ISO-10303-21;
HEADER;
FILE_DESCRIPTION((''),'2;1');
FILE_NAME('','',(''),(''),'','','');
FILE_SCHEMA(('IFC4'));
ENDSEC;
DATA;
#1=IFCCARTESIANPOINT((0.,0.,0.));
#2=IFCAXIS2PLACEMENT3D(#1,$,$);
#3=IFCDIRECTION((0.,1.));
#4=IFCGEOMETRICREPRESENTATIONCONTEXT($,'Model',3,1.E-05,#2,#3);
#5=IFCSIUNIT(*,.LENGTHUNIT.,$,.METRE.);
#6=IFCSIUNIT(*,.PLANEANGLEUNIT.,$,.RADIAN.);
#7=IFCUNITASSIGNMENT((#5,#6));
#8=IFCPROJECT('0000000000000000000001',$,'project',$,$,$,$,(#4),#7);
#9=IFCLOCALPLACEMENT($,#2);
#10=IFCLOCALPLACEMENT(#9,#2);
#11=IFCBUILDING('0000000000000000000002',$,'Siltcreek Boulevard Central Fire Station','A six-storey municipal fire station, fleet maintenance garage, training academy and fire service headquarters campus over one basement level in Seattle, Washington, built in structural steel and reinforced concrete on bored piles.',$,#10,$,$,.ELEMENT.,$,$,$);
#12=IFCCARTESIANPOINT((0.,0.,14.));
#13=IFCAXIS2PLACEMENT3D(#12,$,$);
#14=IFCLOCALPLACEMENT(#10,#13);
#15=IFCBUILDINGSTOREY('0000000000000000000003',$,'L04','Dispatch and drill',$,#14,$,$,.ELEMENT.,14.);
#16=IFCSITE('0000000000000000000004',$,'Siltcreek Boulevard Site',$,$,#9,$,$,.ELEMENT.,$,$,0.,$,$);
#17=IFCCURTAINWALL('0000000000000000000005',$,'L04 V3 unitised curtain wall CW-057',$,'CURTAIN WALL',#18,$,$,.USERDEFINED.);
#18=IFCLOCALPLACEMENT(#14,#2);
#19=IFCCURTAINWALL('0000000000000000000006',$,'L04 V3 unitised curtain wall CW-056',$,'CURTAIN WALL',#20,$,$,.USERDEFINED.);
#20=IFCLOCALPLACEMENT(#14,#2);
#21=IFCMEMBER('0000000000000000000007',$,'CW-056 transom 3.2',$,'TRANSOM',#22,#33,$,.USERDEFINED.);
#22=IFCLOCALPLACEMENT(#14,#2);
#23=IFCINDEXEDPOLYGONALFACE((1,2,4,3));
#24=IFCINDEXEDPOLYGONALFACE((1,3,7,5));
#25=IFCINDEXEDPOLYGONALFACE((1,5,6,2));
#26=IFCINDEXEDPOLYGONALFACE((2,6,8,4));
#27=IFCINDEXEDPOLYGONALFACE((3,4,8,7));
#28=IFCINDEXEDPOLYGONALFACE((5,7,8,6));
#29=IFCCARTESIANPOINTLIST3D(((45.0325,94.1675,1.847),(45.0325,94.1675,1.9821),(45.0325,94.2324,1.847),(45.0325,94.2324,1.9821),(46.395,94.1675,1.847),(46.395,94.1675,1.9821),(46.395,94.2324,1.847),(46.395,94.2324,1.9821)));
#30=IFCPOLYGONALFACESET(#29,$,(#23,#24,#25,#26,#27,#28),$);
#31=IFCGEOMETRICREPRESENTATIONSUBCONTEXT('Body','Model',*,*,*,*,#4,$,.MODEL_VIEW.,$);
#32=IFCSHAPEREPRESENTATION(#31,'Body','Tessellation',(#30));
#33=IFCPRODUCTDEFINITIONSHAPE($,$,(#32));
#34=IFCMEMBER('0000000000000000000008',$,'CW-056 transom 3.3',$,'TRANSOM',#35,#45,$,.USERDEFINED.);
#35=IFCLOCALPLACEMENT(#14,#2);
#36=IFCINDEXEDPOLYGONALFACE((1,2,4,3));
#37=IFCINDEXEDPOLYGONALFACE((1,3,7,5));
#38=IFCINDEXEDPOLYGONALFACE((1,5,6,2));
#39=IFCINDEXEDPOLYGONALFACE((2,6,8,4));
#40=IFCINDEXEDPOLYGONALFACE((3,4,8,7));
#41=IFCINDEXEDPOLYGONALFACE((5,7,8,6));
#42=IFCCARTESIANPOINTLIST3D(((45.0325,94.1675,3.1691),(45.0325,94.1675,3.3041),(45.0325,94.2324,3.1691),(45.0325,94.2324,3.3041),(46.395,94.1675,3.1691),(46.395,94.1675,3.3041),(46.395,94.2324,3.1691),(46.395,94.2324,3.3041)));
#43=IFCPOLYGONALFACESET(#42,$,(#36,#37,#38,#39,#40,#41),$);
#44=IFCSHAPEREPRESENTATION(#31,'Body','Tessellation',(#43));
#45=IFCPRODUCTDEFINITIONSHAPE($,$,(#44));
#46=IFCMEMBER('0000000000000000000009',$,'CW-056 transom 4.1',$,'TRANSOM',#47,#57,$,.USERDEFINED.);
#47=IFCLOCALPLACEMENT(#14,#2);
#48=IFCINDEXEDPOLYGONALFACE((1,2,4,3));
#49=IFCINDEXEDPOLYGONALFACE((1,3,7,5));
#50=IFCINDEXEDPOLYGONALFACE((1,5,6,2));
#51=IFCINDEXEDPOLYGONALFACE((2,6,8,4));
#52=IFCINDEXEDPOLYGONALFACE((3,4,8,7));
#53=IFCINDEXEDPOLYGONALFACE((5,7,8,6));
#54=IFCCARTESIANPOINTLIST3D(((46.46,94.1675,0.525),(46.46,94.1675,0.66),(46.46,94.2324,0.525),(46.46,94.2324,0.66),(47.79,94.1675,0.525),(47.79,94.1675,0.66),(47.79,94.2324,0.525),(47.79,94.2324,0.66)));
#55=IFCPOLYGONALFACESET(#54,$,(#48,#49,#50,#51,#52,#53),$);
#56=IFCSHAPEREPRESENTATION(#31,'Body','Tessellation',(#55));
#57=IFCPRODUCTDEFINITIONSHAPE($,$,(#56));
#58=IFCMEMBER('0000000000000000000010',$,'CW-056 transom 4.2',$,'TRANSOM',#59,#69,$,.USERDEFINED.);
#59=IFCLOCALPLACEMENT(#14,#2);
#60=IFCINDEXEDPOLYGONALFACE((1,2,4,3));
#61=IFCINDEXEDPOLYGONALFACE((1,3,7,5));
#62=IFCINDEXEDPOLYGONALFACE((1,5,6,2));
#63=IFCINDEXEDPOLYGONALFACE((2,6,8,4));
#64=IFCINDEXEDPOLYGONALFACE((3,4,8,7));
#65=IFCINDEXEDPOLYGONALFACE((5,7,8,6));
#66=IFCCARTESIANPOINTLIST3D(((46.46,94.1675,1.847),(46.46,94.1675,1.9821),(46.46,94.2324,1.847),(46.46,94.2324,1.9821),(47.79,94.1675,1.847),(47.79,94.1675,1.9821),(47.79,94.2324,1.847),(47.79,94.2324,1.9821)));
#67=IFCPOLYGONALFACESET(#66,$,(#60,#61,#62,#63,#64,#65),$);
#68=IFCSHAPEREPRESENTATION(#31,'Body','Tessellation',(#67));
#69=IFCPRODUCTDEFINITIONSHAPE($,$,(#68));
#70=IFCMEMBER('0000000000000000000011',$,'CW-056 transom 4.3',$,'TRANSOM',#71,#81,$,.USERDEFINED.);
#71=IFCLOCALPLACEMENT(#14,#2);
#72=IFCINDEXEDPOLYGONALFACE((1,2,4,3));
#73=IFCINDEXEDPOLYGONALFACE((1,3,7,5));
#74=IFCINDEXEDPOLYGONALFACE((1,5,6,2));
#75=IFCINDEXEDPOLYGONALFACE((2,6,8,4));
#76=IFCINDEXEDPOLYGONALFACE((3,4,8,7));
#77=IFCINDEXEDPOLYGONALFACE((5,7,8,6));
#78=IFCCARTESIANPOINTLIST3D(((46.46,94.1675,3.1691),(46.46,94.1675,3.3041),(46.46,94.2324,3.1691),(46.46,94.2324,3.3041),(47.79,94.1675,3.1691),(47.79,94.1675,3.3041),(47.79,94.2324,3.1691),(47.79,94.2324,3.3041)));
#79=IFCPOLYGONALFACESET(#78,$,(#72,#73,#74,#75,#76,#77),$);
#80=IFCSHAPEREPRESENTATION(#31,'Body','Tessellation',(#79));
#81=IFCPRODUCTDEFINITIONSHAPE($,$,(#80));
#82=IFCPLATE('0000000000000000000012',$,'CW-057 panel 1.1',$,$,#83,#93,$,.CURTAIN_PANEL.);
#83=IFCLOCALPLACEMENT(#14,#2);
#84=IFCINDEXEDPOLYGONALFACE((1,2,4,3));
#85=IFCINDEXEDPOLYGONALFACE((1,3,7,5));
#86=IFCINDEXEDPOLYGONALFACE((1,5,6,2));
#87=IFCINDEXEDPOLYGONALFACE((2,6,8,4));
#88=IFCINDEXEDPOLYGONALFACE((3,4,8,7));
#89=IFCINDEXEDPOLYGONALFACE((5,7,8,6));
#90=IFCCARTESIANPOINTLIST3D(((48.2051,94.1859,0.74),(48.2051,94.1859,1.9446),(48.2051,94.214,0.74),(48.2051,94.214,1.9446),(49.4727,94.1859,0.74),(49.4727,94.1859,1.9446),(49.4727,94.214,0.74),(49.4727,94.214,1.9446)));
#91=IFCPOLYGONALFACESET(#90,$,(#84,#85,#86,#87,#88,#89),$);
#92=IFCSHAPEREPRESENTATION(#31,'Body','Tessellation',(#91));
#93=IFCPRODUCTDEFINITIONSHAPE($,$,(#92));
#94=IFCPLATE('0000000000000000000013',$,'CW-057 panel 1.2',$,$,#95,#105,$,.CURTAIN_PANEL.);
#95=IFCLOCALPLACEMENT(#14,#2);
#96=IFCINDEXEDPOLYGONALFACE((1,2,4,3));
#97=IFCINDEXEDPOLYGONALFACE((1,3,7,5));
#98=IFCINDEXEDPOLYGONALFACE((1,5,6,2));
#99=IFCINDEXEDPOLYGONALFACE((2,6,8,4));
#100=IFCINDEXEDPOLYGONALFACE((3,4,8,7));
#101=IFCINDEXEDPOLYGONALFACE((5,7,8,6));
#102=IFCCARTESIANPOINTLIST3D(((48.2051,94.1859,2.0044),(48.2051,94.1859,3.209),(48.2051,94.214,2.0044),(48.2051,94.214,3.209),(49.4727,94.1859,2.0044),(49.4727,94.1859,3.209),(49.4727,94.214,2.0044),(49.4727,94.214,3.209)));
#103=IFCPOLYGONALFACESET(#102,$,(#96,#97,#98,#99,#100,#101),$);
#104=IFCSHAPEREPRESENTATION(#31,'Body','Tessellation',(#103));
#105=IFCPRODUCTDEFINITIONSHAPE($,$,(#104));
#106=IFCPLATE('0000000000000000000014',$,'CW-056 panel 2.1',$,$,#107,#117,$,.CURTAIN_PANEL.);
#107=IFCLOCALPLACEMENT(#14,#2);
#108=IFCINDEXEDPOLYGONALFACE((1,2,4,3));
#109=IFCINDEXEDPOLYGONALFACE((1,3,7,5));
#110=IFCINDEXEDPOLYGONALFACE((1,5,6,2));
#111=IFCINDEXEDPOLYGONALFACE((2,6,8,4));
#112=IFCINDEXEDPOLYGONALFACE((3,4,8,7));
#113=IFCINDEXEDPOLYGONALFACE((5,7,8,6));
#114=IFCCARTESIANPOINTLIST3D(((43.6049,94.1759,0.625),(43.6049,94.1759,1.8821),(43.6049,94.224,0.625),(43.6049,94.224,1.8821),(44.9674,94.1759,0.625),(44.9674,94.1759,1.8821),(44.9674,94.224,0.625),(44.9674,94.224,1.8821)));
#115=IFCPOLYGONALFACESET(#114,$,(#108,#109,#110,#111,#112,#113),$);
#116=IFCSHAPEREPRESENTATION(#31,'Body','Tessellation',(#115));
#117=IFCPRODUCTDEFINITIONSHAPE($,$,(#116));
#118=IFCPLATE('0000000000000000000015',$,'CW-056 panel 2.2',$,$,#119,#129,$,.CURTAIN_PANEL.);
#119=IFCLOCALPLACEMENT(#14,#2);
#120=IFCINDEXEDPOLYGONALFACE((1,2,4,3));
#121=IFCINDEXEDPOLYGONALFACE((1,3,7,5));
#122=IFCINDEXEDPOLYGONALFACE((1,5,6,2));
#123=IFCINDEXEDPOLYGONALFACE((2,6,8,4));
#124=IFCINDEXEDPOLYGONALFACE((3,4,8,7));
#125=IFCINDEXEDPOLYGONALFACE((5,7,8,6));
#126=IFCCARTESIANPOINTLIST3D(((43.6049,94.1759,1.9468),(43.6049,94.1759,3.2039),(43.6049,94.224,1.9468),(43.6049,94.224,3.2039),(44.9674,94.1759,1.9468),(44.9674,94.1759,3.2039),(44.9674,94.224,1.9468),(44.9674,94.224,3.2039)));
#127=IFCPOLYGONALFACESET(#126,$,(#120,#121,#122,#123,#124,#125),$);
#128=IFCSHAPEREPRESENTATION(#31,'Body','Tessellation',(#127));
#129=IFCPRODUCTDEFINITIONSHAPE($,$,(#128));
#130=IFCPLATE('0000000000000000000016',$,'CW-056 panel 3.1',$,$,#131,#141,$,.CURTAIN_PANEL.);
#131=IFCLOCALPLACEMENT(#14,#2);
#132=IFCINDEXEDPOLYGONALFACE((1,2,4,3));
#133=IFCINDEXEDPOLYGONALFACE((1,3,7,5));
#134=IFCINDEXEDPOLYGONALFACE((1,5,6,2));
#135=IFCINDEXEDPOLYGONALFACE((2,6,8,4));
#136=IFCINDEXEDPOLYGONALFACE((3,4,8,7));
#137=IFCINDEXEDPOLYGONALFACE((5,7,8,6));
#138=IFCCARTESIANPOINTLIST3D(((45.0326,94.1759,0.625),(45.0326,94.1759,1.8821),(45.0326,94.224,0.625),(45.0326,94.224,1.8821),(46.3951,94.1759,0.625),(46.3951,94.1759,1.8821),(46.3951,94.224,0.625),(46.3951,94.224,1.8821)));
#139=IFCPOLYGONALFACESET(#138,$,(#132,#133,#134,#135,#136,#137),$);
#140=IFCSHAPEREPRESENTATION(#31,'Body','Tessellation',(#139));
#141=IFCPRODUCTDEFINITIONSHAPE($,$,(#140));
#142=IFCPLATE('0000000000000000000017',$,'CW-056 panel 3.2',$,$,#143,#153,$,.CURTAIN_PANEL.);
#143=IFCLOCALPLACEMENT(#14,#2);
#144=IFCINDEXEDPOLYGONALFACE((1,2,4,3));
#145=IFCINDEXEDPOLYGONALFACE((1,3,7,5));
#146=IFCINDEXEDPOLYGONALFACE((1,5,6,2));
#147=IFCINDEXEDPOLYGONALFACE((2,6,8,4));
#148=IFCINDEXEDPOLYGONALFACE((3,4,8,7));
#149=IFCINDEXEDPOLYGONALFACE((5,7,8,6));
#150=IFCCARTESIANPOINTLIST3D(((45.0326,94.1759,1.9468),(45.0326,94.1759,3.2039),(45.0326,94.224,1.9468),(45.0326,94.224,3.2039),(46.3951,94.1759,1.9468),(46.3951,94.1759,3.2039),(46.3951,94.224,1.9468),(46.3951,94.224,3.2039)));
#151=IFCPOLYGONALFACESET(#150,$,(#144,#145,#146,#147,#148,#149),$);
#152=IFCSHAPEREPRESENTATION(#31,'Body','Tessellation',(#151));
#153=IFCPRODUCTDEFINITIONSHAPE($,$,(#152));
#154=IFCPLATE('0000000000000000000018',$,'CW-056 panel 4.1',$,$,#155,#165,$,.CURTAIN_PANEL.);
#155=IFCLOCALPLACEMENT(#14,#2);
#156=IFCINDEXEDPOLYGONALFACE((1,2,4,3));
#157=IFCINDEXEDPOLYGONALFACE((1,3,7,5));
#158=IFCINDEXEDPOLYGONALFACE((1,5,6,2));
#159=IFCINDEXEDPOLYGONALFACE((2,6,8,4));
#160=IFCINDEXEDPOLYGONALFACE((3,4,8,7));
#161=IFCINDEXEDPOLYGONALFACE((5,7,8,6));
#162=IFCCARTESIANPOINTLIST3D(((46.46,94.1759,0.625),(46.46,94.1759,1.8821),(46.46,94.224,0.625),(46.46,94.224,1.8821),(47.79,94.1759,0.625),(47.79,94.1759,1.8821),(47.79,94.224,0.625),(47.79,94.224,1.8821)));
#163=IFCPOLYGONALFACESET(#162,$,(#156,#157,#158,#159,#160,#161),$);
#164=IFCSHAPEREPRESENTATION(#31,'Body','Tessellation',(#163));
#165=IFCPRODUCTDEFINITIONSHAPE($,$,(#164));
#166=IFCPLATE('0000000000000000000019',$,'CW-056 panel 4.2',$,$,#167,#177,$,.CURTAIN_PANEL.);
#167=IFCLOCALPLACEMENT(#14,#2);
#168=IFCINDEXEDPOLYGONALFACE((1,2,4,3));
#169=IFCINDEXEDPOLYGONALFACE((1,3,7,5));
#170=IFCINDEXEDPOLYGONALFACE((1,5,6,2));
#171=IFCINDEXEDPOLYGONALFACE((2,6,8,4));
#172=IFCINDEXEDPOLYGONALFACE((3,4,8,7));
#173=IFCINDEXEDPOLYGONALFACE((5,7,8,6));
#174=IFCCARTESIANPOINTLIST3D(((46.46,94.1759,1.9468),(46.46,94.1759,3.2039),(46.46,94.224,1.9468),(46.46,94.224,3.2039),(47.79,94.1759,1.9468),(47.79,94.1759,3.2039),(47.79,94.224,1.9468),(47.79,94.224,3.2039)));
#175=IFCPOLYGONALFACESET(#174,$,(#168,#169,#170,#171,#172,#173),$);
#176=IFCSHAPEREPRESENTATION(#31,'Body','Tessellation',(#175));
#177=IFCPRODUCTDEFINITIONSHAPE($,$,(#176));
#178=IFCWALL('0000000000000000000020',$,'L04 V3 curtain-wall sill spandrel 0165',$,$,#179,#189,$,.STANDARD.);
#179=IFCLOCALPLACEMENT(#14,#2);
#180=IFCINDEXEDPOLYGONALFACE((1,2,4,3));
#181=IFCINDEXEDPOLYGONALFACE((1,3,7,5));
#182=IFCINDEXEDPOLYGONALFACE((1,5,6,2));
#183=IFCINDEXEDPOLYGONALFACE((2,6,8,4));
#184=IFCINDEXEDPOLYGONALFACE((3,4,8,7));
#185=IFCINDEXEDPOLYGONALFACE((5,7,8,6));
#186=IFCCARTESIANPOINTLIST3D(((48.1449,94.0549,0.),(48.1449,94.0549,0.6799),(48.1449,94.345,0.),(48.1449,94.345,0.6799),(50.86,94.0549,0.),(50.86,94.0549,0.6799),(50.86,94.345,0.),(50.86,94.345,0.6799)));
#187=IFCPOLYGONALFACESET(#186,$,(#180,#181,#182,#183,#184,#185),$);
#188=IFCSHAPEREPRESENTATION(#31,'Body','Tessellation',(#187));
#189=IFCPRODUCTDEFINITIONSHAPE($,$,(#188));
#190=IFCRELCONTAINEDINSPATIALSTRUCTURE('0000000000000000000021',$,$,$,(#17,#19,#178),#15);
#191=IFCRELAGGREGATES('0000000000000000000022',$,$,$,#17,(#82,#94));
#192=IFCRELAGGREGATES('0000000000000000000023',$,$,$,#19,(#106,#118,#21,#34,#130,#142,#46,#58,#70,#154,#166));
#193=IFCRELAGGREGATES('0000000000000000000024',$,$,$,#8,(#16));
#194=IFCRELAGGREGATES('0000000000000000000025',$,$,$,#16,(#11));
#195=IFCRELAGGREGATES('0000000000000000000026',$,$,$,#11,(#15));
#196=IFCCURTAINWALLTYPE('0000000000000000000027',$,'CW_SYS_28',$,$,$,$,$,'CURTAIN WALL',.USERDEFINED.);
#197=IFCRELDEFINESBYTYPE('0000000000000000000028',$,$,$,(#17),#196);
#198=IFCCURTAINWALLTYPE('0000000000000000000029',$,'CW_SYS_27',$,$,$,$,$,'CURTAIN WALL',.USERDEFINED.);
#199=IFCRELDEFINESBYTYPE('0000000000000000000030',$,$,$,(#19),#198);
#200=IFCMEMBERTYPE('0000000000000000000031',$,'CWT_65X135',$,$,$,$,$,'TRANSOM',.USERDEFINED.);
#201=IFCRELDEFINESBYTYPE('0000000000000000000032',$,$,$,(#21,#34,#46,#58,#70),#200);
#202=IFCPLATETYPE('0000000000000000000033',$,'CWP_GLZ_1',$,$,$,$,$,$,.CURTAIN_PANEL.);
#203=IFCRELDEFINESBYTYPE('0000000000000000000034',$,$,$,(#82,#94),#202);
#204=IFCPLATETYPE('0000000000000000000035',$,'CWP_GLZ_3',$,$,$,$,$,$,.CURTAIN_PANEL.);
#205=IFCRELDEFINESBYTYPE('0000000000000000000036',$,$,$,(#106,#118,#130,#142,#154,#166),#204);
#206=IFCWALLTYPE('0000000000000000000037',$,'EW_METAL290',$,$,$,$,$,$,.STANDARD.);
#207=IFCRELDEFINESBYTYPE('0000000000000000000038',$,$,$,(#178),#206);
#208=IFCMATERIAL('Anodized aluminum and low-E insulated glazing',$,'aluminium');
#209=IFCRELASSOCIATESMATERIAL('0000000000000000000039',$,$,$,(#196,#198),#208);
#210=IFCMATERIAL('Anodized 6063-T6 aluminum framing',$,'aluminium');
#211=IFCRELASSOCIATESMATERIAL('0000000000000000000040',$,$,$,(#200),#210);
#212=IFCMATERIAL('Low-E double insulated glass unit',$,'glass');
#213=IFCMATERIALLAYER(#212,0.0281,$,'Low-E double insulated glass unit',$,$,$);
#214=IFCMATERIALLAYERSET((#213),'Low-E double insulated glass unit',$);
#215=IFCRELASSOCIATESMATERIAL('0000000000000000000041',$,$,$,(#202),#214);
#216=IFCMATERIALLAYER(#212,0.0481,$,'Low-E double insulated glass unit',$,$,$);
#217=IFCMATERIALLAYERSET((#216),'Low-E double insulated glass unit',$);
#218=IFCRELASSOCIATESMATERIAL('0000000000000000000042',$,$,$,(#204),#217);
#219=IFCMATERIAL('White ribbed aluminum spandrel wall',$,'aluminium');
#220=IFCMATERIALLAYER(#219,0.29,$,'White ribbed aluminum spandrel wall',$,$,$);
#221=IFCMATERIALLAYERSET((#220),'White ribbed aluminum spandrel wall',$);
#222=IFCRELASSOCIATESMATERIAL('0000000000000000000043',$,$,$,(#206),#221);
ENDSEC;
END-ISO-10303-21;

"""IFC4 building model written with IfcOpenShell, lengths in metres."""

from ifc_helpers import new_model, si_unit, direction, frame, frame_2d, origin, origin_2d, place, context, subcontext, project, spatial, rectangle, extrude, material, layer, layer_set, material_profile, profile_set, type_object, element, aggregate, save


model = new_model("IFC4")

# Units and contexts
model_context = context("Model", 3, precision=1e-05, world=origin(), true_north=direction((0.0, 1.0)))
body_context = subcontext(model_context, "Body", "Model", "MODEL_VIEW")
ifc_project = project(units=[si_unit("LENGTHUNIT", "METRE"), si_unit("PLANEANGLEUNIT", "RADIAN")], contexts=[model_context])

# Site, building, storey
site_placement = place(None, origin())
site = spatial("IfcSite", under=ifc_project, at=site_placement, Name="Siltcreek Boulevard Site", CompositionType="ELEMENT", RefElevation=0.0)
building_placement = place(site_placement, origin())
building = spatial("IfcBuilding", under=site, at=building_placement, Name="Siltcreek Boulevard Central Fire Station", Description="A six-storey municipal fire station, fleet maintenance garage, training academy and fire service headquarters campus over one basement level in Seattle, Washington, built in structural steel and reinforced concrete on bored piles.", CompositionType="ELEMENT")
storey_placement = place(building_placement, frame((0.0, 0.0, 14.0)))
storey = spatial("IfcBuildingStorey", under=building, at=storey_placement, Name="L04", Description="Dispatch and drill", CompositionType="ELEMENT", Elevation=14.0)

# Curtain wall
ifc_material_1 = material(Name="Anodized aluminum and low-E insulated glazing", Category="aluminium")
curtain_wall_type_1 = type_object("IfcCurtainWallType", Name="CW_SYS_28", ElementType="CURTAIN WALL", PredefinedType="USERDEFINED", material=ifc_material_1)
curtain_wall_1_placement = place(storey_placement, origin())
curtain_wall_1 = element("IfcCurtainWall", 1, at=curtain_wall_1_placement, inside=storey, type_object=curtain_wall_type_1, Name="L04 V3 unitised curtain wall CW-057", ObjectType="CURTAIN WALL", PredefinedType="USERDEFINED")
ifc_material_2 = material(Name="Anodized 6063-T6 aluminum framing", Category="aluminium")

# Curtain wall
curtain_wall_type_2 = type_object("IfcCurtainWallType", Name="CW_SYS_27", ElementType="CURTAIN WALL", PredefinedType="USERDEFINED", material=ifc_material_1)
curtain_wall_2_placement = place(storey_placement, origin())
curtain_wall_2 = element("IfcCurtainWall", 2, at=curtain_wall_2_placement, inside=storey, type_object=curtain_wall_type_2, Name="L04 V3 unitised curtain wall CW-056", ObjectType="CURTAIN WALL", PredefinedType="USERDEFINED")

# Members
ifc_material_profile_1 = material_profile(ifc_material_2, rectangle(XDim=0.0649, YDim=0.135, at=origin_2d()), Name="TRAN65X135")
ifc_profile_set_1 = profile_set([ifc_material_profile_1], Name="Anodized 6063-T6 aluminum framing")
member_type_1 = type_object("IfcMemberType", Name="CWT_65X135", ElementType="TRANSOM", PredefinedType="USERDEFINED", material=ifc_profile_set_1)
member_1_placement = place(storey_placement, frame((45.0325, 94.2, 1.9146), z_axis=(1.0, 0.0, 0.0), x_axis=(0.0, 1.0, 0.0)))
member_1 = element("IfcMember", 3, at=member_1_placement, type_object=member_type_1, Name="CW-056 transom 3.2", ObjectType="TRANSOM", PredefinedType="USERDEFINED", context=body_context, shape_type="SweptSolid", body=[
    extrude(rectangle(XDim=0.0649, YDim=0.135, at=origin_2d()), origin(), (0.0, 0.0, 1.0), 1.3625),
])
member_2_placement = place(storey_placement, frame((45.0325, 94.2, 3.2366), z_axis=(1.0, 0.0, 0.0), x_axis=(0.0, 1.0, 0.0)))
member_2 = element("IfcMember", 4, at=member_2_placement, type_object=member_type_1, Name="CW-056 transom 3.3", ObjectType="TRANSOM", PredefinedType="USERDEFINED", context=body_context, shape_type="SweptSolid", body=[
    extrude(rectangle(XDim=0.0649, YDim=0.135, at=origin_2d()), origin(), (0.0, 0.0, 1.0), 1.3625),
])
member_3_placement = place(storey_placement, frame((46.46, 94.2, 0.5925), z_axis=(1.0, 0.0, 0.0), x_axis=(0.0, 1.0, 0.0)))
member_3 = element("IfcMember", 5, at=member_3_placement, type_object=member_type_1, Name="CW-056 transom 4.1", ObjectType="TRANSOM", PredefinedType="USERDEFINED", context=body_context, shape_type="SweptSolid", body=[
    extrude(rectangle(XDim=0.0649, YDim=0.135, at=origin_2d()), origin(), (0.0, 0.0, 1.0), 1.3301),
])
member_4_placement = place(storey_placement, frame((46.46, 94.2, 1.9146), z_axis=(1.0, 0.0, 0.0), x_axis=(0.0, 1.0, 0.0)))
member_4 = element("IfcMember", 6, at=member_4_placement, type_object=member_type_1, Name="CW-056 transom 4.2", ObjectType="TRANSOM", PredefinedType="USERDEFINED", context=body_context, shape_type="SweptSolid", body=[
    extrude(rectangle(XDim=0.0649, YDim=0.135, at=origin_2d()), origin(), (0.0, 0.0, 1.0), 1.3301),
])
member_5_placement = place(storey_placement, frame((46.46, 94.2, 3.2366), z_axis=(1.0, 0.0, 0.0), x_axis=(0.0, 1.0, 0.0)))
member_5 = element("IfcMember", 7, at=member_5_placement, type_object=member_type_1, Name="CW-056 transom 4.3", ObjectType="TRANSOM", PredefinedType="USERDEFINED", context=body_context, shape_type="SweptSolid", body=[
    extrude(rectangle(XDim=0.0649, YDim=0.135, at=origin_2d()), origin(), (0.0, 0.0, 1.0), 1.3301),
])

# Plates
ifc_material_3 = material(Name="Low-E double insulated glass unit", Category="glass")
ifc_layer_1 = layer(ifc_material_3, 0.0281, Name="Low-E double insulated glass unit")
ifc_layer_set_1 = layer_set([ifc_layer_1], Name="Low-E double insulated glass unit")
plate_type_1 = type_object("IfcPlateType", Name="CWP_GLZ_1", PredefinedType="CURTAIN_PANEL", material=ifc_layer_set_1)
plate_1_placement = place(storey_placement, frame((48.8389, 94.2, 0.74), z_axis=(0.0, 0.0, 1.0), x_axis=(1.0, 0.0, 0.0)))
plate_1 = element("IfcPlate", 8, at=plate_1_placement, type_object=plate_type_1, Name="CW-057 panel 1.1", PredefinedType="CURTAIN_PANEL", context=body_context, shape_type="SweptSolid", body=[
    extrude(rectangle(XDim=1.2676, YDim=0.0281, at=origin_2d()), origin(), (0.0, 0.0, 1.0), 1.2046),
])
plate_2_placement = place(storey_placement, frame((48.8389, 94.2, 2.0044), z_axis=(0.0, 0.0, 1.0), x_axis=(1.0, 0.0, 0.0)))
plate_2 = element("IfcPlate", 9, at=plate_2_placement, type_object=plate_type_1, Name="CW-057 panel 1.2", PredefinedType="CURTAIN_PANEL", context=body_context, shape_type="SweptSolid", body=[
    extrude(rectangle(XDim=1.2676, YDim=0.0281, at=origin_2d()), origin(), (0.0, 0.0, 1.0), 1.2046),
])
aggregate(curtain_wall_1, [plate_1, plate_2])
ifc_layer_2 = layer(ifc_material_3, 0.0481, Name="Low-E double insulated glass unit")
ifc_layer_set_2 = layer_set([ifc_layer_2], Name="Low-E double insulated glass unit")
plate_type_2 = type_object("IfcPlateType", Name="CWP_GLZ_3", PredefinedType="CURTAIN_PANEL", material=ifc_layer_set_2)
plate_3_placement = place(storey_placement, frame((44.2861, 94.2, 0.625), z_axis=(0.0, 0.0, 1.0), x_axis=(1.0, 0.0, 0.0)))
plate_3 = element("IfcPlate", 10, at=plate_3_placement, type_object=plate_type_2, Name="CW-056 panel 2.1", PredefinedType="CURTAIN_PANEL", context=body_context, shape_type="SweptSolid", body=[
    extrude(rectangle(XDim=1.3625, YDim=0.0481, at=origin_2d()), origin(), (0.0, 0.0, 1.0), 1.2571),
])
plate_4_placement = place(storey_placement, frame((44.2861, 94.2, 1.9468), z_axis=(0.0, 0.0, 1.0), x_axis=(1.0, 0.0, 0.0)))
plate_4 = element("IfcPlate", 11, at=plate_4_placement, type_object=plate_type_2, Name="CW-056 panel 2.2", PredefinedType="CURTAIN_PANEL", context=body_context, shape_type="SweptSolid", body=[
    extrude(rectangle(XDim=1.3625, YDim=0.0481, at=origin_2d()), origin(), (0.0, 0.0, 1.0), 1.2571),
])
plate_5_placement = place(storey_placement, frame((45.7139, 94.2, 0.625), z_axis=(0.0, 0.0, 1.0), x_axis=(1.0, 0.0, 0.0)))
plate_5 = element("IfcPlate", 12, at=plate_5_placement, type_object=plate_type_2, Name="CW-056 panel 3.1", PredefinedType="CURTAIN_PANEL", context=body_context, shape_type="SweptSolid", body=[
    extrude(rectangle(XDim=1.3625, YDim=0.0481, at=origin_2d()), origin(), (0.0, 0.0, 1.0), 1.2571),
])
plate_6_placement = place(storey_placement, frame((45.7139, 94.2, 1.9468), z_axis=(0.0, 0.0, 1.0), x_axis=(1.0, 0.0, 0.0)))
plate_6 = element("IfcPlate", 13, at=plate_6_placement, type_object=plate_type_2, Name="CW-056 panel 3.2", PredefinedType="CURTAIN_PANEL", context=body_context, shape_type="SweptSolid", body=[
    extrude(rectangle(XDim=1.3625, YDim=0.0481, at=origin_2d()), origin(), (0.0, 0.0, 1.0), 1.2571),
])
plate_7_placement = place(storey_placement, frame((47.125, 94.2, 0.625), z_axis=(0.0, 0.0, 1.0), x_axis=(1.0, 0.0, 0.0)))
plate_7 = element("IfcPlate", 14, at=plate_7_placement, type_object=plate_type_2, Name="CW-056 panel 4.1", PredefinedType="CURTAIN_PANEL", context=body_context, shape_type="SweptSolid", body=[
    extrude(rectangle(XDim=1.3301, YDim=0.0481, at=origin_2d()), origin(), (0.0, 0.0, 1.0), 1.2571),
])
plate_8_placement = place(storey_placement, frame((47.125, 94.2, 1.9468), z_axis=(0.0, 0.0, 1.0), x_axis=(1.0, 0.0, 0.0)))
plate_8 = element("IfcPlate", 15, at=plate_8_placement, type_object=plate_type_2, Name="CW-056 panel 4.2", PredefinedType="CURTAIN_PANEL", context=body_context, shape_type="SweptSolid", body=[
    extrude(rectangle(XDim=1.3301, YDim=0.0481, at=origin_2d()), origin(), (0.0, 0.0, 1.0), 1.2571),
])
aggregate(curtain_wall_2, [plate_3, plate_4, member_1, member_2, plate_5, plate_6, member_3, member_4, member_5, plate_7, plate_8])

# Wall
ifc_material_4 = material(Name="White ribbed aluminum spandrel wall", Category="aluminium")
ifc_layer_3 = layer(ifc_material_4, 0.29, Name="White ribbed aluminum spandrel wall")
ifc_layer_set_3 = layer_set([ifc_layer_3], Name="White ribbed aluminum spandrel wall")
wall_type = type_object("IfcWallType", Name="EW_METAL290", PredefinedType="STANDARD", material=ifc_layer_set_3)
wall_placement = place(storey_placement, frame((48.145, 94.2, 0.0), z_axis=(0.0, 0.0, 1.0), x_axis=(1.0, 0.0, 0.0)))
element("IfcWall", 16, at=wall_placement, inside=storey, type_object=wall_type, Name="L04 V3 curtain-wall sill spandrel 0165", PredefinedType="STANDARD", context=body_context, shape_type="SweptSolid", body=[
    extrude(rectangle(XDim=2.7151, YDim=0.29, at=frame_2d((1.3574, 0.0))), origin(), (0.0, 0.0, 1.0), 0.6799),
])

save(model, "model.ifc")
